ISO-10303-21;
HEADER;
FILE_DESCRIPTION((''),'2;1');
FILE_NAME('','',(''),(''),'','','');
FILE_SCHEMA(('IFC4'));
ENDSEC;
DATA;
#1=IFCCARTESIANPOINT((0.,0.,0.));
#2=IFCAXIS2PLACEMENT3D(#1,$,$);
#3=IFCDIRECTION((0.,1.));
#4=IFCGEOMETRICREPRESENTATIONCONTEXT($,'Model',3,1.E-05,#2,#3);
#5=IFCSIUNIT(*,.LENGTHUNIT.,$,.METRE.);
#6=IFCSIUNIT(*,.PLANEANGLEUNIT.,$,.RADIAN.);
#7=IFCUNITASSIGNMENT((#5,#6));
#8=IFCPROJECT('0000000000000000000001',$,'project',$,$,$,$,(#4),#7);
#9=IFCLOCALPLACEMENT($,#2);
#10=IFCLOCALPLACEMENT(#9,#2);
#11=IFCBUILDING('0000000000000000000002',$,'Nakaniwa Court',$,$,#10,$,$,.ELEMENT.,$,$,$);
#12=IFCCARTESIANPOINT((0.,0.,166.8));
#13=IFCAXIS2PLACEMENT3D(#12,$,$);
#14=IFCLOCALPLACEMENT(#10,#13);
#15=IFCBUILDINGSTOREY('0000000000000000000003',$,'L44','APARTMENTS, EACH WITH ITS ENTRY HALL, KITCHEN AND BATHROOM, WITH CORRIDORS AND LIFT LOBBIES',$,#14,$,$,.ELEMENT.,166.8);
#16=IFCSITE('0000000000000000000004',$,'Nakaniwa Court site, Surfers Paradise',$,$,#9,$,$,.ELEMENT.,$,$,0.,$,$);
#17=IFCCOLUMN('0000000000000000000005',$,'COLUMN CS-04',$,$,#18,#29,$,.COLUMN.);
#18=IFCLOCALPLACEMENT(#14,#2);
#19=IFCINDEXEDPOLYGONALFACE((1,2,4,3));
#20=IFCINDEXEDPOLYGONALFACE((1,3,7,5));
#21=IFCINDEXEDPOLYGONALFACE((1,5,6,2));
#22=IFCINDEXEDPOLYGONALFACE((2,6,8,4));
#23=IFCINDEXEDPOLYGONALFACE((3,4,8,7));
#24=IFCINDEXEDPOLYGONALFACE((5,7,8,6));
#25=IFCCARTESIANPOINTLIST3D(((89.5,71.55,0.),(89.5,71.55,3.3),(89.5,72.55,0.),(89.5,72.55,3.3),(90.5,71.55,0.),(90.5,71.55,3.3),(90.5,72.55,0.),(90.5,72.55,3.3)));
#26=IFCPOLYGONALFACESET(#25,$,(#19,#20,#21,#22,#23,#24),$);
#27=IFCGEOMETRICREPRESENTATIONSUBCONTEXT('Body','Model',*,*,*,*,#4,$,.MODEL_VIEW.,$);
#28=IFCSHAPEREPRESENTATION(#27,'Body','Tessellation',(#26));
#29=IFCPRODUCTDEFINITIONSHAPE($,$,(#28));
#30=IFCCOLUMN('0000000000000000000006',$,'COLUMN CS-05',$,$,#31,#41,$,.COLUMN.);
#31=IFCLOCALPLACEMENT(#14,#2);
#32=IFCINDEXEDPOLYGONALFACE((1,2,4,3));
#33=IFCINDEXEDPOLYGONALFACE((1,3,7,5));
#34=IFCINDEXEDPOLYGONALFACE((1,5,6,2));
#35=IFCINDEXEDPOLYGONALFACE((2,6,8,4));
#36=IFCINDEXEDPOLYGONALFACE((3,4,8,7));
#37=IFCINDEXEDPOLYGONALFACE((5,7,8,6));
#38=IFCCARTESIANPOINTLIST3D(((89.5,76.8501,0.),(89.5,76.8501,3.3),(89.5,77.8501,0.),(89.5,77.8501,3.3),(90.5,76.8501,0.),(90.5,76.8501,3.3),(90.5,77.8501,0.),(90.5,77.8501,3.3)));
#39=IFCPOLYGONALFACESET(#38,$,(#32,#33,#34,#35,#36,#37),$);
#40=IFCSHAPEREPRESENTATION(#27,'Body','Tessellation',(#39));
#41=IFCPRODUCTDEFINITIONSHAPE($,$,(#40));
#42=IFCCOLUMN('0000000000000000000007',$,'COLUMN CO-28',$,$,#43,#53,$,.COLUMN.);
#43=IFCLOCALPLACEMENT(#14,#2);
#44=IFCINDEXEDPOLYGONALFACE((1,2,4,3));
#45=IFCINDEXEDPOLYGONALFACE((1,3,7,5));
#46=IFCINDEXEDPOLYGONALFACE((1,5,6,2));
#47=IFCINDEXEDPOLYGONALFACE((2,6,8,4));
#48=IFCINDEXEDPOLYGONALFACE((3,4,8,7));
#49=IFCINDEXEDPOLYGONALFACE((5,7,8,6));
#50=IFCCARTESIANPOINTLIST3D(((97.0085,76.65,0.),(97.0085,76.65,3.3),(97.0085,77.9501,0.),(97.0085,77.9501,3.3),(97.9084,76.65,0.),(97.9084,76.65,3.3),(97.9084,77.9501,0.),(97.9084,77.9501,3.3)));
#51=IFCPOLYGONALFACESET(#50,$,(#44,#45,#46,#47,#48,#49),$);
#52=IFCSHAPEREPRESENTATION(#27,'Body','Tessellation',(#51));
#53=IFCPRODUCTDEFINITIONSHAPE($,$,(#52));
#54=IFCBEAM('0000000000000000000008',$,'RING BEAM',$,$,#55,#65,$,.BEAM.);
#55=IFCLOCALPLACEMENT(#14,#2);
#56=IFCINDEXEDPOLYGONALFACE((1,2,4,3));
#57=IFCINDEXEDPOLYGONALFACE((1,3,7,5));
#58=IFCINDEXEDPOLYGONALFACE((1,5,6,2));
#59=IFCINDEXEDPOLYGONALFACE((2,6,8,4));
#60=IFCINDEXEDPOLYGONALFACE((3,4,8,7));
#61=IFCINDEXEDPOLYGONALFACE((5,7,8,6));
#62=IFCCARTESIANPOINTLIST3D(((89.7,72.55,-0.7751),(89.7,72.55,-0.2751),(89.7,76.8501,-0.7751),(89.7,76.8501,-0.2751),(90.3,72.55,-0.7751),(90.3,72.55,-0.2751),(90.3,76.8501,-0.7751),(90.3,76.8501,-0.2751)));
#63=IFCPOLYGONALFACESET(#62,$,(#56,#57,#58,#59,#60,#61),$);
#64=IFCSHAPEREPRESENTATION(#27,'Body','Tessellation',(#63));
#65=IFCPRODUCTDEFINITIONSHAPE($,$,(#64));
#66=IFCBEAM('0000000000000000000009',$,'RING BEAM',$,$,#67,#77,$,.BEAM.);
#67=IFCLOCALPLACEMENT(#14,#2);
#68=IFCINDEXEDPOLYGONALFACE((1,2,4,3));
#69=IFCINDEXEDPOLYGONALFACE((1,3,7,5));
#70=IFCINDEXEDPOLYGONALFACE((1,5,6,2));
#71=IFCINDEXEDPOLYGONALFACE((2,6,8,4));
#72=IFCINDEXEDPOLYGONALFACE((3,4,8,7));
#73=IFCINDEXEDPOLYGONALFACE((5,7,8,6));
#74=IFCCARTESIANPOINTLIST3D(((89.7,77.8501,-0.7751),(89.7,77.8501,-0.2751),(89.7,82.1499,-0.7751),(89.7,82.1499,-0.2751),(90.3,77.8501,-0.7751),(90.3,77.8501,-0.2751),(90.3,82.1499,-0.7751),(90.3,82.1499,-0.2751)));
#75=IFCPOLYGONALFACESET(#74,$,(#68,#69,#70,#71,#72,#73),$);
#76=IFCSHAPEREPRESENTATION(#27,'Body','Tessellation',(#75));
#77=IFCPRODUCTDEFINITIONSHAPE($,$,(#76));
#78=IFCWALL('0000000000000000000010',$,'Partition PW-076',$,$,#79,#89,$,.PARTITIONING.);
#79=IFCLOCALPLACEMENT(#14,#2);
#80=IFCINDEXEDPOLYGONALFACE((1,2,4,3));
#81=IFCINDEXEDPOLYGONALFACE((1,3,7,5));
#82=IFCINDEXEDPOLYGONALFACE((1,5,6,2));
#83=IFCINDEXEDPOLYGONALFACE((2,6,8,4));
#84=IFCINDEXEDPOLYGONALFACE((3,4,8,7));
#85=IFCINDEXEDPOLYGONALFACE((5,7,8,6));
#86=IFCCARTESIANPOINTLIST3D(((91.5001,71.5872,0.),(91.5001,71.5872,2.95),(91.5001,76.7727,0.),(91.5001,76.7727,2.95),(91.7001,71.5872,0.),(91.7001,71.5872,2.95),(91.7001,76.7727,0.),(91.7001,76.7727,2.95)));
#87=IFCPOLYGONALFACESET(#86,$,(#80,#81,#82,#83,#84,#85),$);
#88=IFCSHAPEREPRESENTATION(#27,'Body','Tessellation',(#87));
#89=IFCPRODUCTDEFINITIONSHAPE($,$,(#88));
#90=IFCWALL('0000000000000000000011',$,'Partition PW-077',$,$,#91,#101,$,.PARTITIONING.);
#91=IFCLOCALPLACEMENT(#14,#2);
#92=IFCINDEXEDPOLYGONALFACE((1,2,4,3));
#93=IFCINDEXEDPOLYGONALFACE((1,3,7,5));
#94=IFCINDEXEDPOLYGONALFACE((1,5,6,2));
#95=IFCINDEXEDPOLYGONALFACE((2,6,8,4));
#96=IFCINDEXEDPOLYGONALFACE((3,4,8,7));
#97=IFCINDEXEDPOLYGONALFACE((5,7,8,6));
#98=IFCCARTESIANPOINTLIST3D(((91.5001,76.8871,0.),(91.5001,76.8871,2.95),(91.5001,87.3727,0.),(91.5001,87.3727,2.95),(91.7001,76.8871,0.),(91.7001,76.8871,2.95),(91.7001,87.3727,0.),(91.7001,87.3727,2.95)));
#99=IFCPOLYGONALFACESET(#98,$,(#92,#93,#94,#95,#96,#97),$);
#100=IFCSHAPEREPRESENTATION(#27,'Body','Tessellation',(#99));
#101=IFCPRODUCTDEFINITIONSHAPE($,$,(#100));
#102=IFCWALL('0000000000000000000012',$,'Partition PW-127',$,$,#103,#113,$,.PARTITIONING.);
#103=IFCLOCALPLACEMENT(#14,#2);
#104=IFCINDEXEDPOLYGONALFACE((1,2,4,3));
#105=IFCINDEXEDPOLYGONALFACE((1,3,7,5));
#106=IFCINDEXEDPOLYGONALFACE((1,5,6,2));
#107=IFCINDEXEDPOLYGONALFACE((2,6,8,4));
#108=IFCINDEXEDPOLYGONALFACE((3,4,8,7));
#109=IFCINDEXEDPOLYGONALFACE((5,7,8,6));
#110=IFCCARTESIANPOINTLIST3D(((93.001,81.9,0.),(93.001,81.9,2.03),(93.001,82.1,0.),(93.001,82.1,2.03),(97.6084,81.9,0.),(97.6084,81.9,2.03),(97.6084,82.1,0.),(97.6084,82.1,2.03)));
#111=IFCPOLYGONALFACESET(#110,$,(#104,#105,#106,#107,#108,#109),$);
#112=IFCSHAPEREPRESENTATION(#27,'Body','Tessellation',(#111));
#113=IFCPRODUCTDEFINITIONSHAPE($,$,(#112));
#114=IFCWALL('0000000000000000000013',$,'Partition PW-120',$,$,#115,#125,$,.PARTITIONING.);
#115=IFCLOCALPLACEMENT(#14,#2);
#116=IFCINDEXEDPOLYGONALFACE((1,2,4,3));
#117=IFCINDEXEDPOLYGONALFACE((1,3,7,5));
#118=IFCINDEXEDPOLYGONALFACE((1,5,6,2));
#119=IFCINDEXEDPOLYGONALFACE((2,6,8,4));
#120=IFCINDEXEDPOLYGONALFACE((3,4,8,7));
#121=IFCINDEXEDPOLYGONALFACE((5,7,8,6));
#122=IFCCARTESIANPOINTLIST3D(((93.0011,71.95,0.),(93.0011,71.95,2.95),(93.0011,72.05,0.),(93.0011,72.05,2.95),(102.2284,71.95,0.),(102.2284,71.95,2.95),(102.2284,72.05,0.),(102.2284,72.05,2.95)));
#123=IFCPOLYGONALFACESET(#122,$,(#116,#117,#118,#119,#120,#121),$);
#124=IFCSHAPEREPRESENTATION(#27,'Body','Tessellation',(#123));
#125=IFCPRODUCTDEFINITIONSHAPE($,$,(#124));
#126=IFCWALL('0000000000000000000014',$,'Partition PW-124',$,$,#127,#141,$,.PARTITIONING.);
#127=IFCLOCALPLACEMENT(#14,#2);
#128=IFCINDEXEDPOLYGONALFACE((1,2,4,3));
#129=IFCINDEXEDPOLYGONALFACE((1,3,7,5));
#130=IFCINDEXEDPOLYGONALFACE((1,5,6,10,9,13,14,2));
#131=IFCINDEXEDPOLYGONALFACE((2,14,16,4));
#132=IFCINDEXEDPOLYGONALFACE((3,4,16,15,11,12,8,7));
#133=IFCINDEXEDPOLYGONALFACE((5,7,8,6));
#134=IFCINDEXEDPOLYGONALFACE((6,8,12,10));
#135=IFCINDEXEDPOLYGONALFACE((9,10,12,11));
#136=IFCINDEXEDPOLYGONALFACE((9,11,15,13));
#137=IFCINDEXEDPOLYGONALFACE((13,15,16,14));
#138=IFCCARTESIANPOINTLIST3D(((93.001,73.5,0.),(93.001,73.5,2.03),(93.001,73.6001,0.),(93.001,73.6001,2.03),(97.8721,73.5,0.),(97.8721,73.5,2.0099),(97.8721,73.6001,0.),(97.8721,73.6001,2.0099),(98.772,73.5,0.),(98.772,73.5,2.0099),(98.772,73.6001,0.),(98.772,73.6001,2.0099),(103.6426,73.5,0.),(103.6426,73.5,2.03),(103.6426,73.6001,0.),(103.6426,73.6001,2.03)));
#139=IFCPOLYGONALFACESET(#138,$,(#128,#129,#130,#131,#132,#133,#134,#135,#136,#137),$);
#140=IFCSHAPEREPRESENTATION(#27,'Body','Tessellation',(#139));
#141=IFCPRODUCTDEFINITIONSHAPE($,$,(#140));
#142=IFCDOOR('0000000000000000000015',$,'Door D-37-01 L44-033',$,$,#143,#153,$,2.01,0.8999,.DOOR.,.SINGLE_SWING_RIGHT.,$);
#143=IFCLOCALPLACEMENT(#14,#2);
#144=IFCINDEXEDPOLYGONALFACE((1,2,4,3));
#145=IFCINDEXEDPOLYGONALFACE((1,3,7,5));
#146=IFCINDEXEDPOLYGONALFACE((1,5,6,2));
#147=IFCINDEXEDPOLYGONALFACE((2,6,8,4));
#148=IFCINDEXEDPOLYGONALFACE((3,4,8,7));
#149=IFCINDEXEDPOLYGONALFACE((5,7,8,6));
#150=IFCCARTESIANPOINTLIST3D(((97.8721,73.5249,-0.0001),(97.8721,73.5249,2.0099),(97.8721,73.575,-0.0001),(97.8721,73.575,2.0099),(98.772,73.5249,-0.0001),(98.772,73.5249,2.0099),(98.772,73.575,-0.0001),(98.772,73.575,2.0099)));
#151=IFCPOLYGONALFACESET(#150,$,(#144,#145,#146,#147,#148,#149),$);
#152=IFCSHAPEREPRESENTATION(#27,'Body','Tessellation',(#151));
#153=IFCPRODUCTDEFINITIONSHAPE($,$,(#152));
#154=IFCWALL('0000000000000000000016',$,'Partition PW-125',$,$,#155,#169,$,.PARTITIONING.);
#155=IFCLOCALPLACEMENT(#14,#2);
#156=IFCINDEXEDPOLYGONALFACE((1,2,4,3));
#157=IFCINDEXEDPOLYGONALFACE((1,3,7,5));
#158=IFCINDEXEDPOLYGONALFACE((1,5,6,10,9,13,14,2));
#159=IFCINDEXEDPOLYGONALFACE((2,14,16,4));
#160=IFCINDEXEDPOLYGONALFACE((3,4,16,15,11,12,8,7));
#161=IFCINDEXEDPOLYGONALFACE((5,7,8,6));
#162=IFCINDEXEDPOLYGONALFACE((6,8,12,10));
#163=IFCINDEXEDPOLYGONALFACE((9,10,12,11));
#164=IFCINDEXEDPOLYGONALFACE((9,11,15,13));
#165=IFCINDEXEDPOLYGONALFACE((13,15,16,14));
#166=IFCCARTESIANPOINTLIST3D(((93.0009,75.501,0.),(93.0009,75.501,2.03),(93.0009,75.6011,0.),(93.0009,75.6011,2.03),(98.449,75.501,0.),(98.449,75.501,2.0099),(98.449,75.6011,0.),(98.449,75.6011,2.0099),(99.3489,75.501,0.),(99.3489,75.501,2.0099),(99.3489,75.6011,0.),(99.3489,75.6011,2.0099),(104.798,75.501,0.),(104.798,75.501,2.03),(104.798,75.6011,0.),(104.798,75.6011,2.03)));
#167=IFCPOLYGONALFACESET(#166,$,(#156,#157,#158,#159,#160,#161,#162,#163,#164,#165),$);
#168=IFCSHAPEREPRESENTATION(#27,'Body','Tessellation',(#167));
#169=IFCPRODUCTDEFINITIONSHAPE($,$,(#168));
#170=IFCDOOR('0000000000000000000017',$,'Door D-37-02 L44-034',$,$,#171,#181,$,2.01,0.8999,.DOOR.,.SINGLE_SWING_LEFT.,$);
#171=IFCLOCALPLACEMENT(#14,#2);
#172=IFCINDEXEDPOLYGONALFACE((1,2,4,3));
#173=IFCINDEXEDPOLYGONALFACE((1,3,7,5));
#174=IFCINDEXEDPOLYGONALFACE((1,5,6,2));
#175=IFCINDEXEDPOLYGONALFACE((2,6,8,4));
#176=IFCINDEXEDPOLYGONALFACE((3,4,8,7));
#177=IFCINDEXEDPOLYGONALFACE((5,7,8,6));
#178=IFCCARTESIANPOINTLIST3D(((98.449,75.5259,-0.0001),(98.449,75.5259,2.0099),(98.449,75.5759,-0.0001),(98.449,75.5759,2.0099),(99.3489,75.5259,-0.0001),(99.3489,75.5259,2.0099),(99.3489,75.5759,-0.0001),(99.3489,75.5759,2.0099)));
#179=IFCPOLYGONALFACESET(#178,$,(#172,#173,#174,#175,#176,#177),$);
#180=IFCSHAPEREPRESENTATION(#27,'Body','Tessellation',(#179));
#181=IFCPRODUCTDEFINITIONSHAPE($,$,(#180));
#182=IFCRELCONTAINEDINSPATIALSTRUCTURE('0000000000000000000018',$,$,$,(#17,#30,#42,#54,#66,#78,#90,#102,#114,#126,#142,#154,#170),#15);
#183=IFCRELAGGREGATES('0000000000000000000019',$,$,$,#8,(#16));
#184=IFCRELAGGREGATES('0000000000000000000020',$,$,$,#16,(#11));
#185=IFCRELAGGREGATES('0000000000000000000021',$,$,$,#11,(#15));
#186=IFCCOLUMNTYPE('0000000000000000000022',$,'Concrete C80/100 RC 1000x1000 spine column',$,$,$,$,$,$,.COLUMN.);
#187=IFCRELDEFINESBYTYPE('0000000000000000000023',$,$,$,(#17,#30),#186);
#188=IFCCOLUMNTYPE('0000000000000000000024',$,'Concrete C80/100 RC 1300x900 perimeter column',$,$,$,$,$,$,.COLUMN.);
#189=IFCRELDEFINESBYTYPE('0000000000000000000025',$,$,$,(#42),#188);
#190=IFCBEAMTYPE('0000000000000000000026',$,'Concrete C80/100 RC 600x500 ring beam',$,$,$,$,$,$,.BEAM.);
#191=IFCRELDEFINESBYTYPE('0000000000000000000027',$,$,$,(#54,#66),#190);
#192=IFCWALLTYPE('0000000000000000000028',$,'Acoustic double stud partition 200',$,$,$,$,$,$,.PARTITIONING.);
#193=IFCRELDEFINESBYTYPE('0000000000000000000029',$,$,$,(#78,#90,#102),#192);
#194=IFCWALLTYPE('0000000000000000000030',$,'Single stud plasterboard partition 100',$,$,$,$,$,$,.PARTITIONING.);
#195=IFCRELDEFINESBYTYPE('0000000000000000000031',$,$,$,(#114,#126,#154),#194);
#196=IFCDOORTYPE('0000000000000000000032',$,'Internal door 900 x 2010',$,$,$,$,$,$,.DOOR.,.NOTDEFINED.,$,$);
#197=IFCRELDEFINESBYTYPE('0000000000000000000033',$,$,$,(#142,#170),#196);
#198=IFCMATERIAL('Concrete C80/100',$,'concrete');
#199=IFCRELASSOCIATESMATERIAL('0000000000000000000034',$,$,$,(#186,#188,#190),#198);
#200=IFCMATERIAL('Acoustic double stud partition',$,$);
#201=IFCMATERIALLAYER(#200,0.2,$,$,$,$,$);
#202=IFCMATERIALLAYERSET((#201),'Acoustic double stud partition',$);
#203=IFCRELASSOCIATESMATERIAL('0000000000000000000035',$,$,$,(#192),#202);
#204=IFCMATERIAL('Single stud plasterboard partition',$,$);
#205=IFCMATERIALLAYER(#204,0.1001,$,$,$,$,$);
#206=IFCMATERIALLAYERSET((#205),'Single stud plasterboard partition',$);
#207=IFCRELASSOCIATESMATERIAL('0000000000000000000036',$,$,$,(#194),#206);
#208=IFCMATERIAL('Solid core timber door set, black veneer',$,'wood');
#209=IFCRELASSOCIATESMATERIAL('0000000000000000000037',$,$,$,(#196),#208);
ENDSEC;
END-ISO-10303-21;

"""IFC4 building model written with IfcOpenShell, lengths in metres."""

from ifc_helpers import new_model, si_unit, direction, frame, frame_2d, origin, origin_2d, place, context, subcontext, project, spatial, rectangle, extrude, material, layer, layer_set, material_profile, profile_set, type_object, element, fill, save


model = new_model("IFC4")

# Units and contexts
model_context = context("Model", 3, precision=1e-05, world=origin(), true_north=direction((0.0, 1.0)))
body_context = subcontext(model_context, "Body", "Model", "MODEL_VIEW")
ifc_project = project(units=[si_unit("LENGTHUNIT", "METRE"), si_unit("PLANEANGLEUNIT", "RADIAN")], contexts=[model_context])

# Site, building, storey
site_placement = place(None, origin())
site = spatial("IfcSite", under=ifc_project, at=site_placement, Name="Nakaniwa Court site, Surfers Paradise", CompositionType="ELEMENT", RefElevation=0.0)
building_placement = place(site_placement, origin())
building = spatial("IfcBuilding", under=site, at=building_placement, Name="Nakaniwa Court", CompositionType="ELEMENT")
storey_placement = place(building_placement, frame((0.0, 0.0, 166.8)))
storey = spatial("IfcBuildingStorey", under=building, at=storey_placement, Name="L44", Description="APARTMENTS, EACH WITH ITS ENTRY HALL, KITCHEN AND BATHROOM, WITH CORRIDORS AND LIFT LOBBIES", CompositionType="ELEMENT", Elevation=166.8)

# Columns
ifc_material_1 = material(Name="Concrete C80/100", Category="concrete")
ifc_material_profile_1 = material_profile(ifc_material_1, rectangle(XDim=1.0, YDim=1.0, at=origin_2d()), Name="Concrete C80/100 RC 1000x1000 spine column")
ifc_profile_set_1 = profile_set([ifc_material_profile_1], Name="Concrete C80/100")
column_type_1 = type_object("IfcColumnType", Name="Concrete C80/100 RC 1000x1000 spine column", PredefinedType="COLUMN", material=ifc_profile_set_1)
for number, where, z_axis, x_axis, name in (
    (1, (90.0, 72.05, 0.0), (0.0, 0.0, 1.0), (0.0, 1.0, 0.0), "COLUMN CS-04"),
    (2, (90.0, 77.3501, 0.0), (0.0, 0.0, 1.0), (0.0, 1.0, 0.0), "COLUMN CS-05"),
):
    element("IfcColumn", number, at=place(storey_placement, frame(where, z_axis=z_axis, x_axis=x_axis)), inside=storey, type_object=column_type_1, Name=name, PredefinedType="COLUMN", context=body_context, shape_type="SweptSolid", body=[
        extrude(rectangle(XDim=1.0, YDim=1.0, at=origin_2d()), origin(), (0.0, 0.0, 1.0), 3.3),
    ])
ifc_material_profile_2 = material_profile(ifc_material_1, rectangle(XDim=1.3, YDim=0.8999, at=origin_2d()), Name="Concrete C80/100 RC 1300x900 perimeter column")
ifc_profile_set_2 = profile_set([ifc_material_profile_2], Name="Concrete C80/100")
column_type_2 = type_object("IfcColumnType", Name="Concrete C80/100 RC 1300x900 perimeter column", PredefinedType="COLUMN", material=ifc_profile_set_2)
column_placement = place(storey_placement, frame((97.4585, 77.3, 0.0), z_axis=(0.0, 0.0, 1.0), x_axis=(0.0, 1.0, 0.0)))
element("IfcColumn", 3, at=column_placement, inside=storey, type_object=column_type_2, Name="COLUMN CO-28", PredefinedType="COLUMN", context=body_context, shape_type="SweptSolid", body=[
    extrude(rectangle(XDim=1.3, YDim=0.8999, at=origin_2d()), origin(), (0.0, 0.0, 1.0), 3.3),
])

# Beams
ifc_material_profile_3 = material_profile(ifc_material_1, rectangle(XDim=0.6001, YDim=0.5, at=origin_2d()), Name="Concrete C80/100 RC 600x500 ring beam")
ifc_profile_set_3 = profile_set([ifc_material_profile_3], Name="Concrete C80/100")
beam_type = type_object("IfcBeamType", Name="Concrete C80/100 RC 600x500 ring beam", PredefinedType="BEAM", material=ifc_profile_set_3)
beam_1_placement = place(storey_placement, frame((90.0, 72.55, -0.5251), z_axis=(0.0, 1.0, 0.0), x_axis=(-1.0, 0.0, 0.0)))
element("IfcBeam", 4, at=beam_1_placement, inside=storey, type_object=beam_type, Name="RING BEAM", PredefinedType="BEAM", context=body_context, shape_type="SweptSolid", body=[
    extrude(rectangle(XDim=0.6001, YDim=0.5, at=origin_2d()), origin(), (0.0, 0.0, 1.0), 4.3),
])
beam_2_placement = place(storey_placement, frame((90.0, 77.8501, -0.5251), z_axis=(0.0, 1.0, 0.0), x_axis=(-1.0, 0.0, 0.0)))
element("IfcBeam", 5, at=beam_2_placement, inside=storey, type_object=beam_type, Name="RING BEAM", PredefinedType="BEAM", context=body_context, shape_type="SweptSolid", body=[
    extrude(rectangle(XDim=0.6001, YDim=0.5, at=origin_2d()), origin(), (0.0, 0.0, 1.0), 4.2998),
])

# Walls
ifc_material_2 = material(Name="Acoustic double stud partition")
ifc_layer_1 = layer(ifc_material_2, 0.2)
ifc_layer_set_1 = layer_set([ifc_layer_1], Name="Acoustic double stud partition")
wall_type_1 = type_object("IfcWallType", Name="Acoustic double stud partition 200", PredefinedType="PARTITIONING", material=ifc_layer_set_1)
wall_1_placement = place(storey_placement, frame((91.6001, 71.5872, 0.0), z_axis=(0.0, 0.0, 1.0), x_axis=(0.0, 1.0, 0.0)))
element("IfcWall", 6, at=wall_1_placement, inside=storey, type_object=wall_type_1, Name="Partition PW-076", PredefinedType="PARTITIONING", context=body_context, shape_type="SweptSolid", body=[
    extrude(rectangle(XDim=5.1855, YDim=0.2, at=frame_2d((2.5928, 0.0))), origin(), (0.0, 0.0, 1.0), 2.95),
])
wall_2_placement = place(storey_placement, frame((91.6001, 76.8872, 0.0), z_axis=(0.0, 0.0, 1.0), x_axis=(0.0, 1.0, 0.0)))
element("IfcWall", 7, at=wall_2_placement, inside=storey, type_object=wall_type_1, Name="Partition PW-077", PredefinedType="PARTITIONING", context=body_context, shape_type="SweptSolid", body=[
    extrude(rectangle(XDim=10.4856, YDim=0.2, at=frame_2d((5.2427, 0.0))), origin(), (0.0, 0.0, 1.0), 2.95),
])
wall_3_placement = place(storey_placement, frame((93.001, 82.0, 0.0), z_axis=(0.0, 0.0, 1.0), x_axis=(1.0, 0.0, 0.0)))
element("IfcWall", 8, at=wall_3_placement, inside=storey, type_object=wall_type_1, Name="Partition PW-127", PredefinedType="PARTITIONING", context=body_context, shape_type="SweptSolid", body=[
    extrude(rectangle(XDim=4.6074, YDim=0.2, at=frame_2d((2.3037, 0.0))), origin(), (0.0, 0.0, 1.0), 2.03),
])
ifc_material_3 = material(Name="Single stud plasterboard partition")
ifc_layer_2 = layer(ifc_material_3, 0.1001)
ifc_layer_set_2 = layer_set([ifc_layer_2], Name="Single stud plasterboard partition")
wall_type_2 = type_object("IfcWallType", Name="Single stud plasterboard partition 100", PredefinedType="PARTITIONING", material=ifc_layer_set_2)
wall_4_placement = place(storey_placement, frame((93.001, 72.0, 0.0), z_axis=(0.0, 0.0, 1.0), x_axis=(1.0, 0.0, 0.0)))
element("IfcWall", 9, at=wall_4_placement, inside=storey, type_object=wall_type_2, Name="Partition PW-120", PredefinedType="PARTITIONING", context=body_context, shape_type="SweptSolid", body=[
    extrude(rectangle(XDim=9.2273, YDim=0.1001, at=frame_2d((4.6138, 0.0))), origin(), (0.0, 0.0, 1.0), 2.95),
])

# Walls, openings, doors
wall_5_placement = place(storey_placement, frame((93.001, 73.55, 0.0), z_axis=(0.0, 0.0, 1.0), x_axis=(1.0, 0.0, 0.0)))
wall_5 = element("IfcWall", 10, at=wall_5_placement, inside=storey, type_object=wall_type_2, Name="Partition PW-124", PredefinedType="PARTITIONING", context=body_context, shape_type="SweptSolid", body=[
    extrude(rectangle(XDim=10.6416, YDim=0.1001, at=frame_2d((5.3208, 0.0))), origin(), (0.0, 0.0, 1.0), 2.03),
])
opening_1_placement = place(wall_5_placement, frame((4.8711, 0.0, 0.0)))
opening_1 = element("IfcOpeningElement", 11, at=opening_1_placement, cuts=wall_5, PredefinedType="OPENING", context=body_context, shape_type="SweptSolid", body=[
    extrude(rectangle(XDim=0.8999, YDim=2.01, at=frame_2d((0.45, 1.0049))), frame((0.0, 0.0601, 0.0), z_axis=(0.0, -1.0, 0.0), x_axis=(1.0, 0.0, 0.0)), (0.0, 0.0, 1.0), 0.1201),
])
ifc_material_4 = material(Name="Solid core timber door set, black veneer", Category="wood")
door_type_1 = type_object("IfcDoorType", Name="Internal door 900 x 2010", OperationType="NOTDEFINED", PredefinedType="DOOR", material=ifc_material_4)
door_1_placement = place(opening_1_placement, origin())
door_1 = element("IfcDoor", 12, at=door_1_placement, inside=storey, type_object=door_type_1, Name="Door D-37-01 L44-033", OperationType="SINGLE_SWING_RIGHT", OverallHeight=2.01, OverallWidth=0.8999, PredefinedType="DOOR", context=body_context, shape_type="SweptSolid", body=[
    extrude(rectangle(XDim=0.8999, YDim=2.01, at=frame_2d((0.45, 1.0049))), frame((0.0, 0.0249, 0.0), z_axis=(0.0, -1.0, 0.0), x_axis=(1.0, 0.0, 0.0)), (0.0, 0.0, 1.0), 0.05),
])
fill(opening_1, door_1)
wall_6_placement = place(storey_placement, frame((93.001, 75.551, 0.0), z_axis=(0.0, 0.0, 1.0), x_axis=(1.0, 0.0, 0.0)))
wall_6 = element("IfcWall", 13, at=wall_6_placement, inside=storey, type_object=wall_type_2, Name="Partition PW-125", PredefinedType="PARTITIONING", context=body_context, shape_type="SweptSolid", body=[
    extrude(rectangle(XDim=11.7971, YDim=0.1001, at=frame_2d((5.8984, 0.0))), origin(), (0.0, 0.0, 1.0), 2.03),
])
opening_2_placement = place(wall_6_placement, frame((5.448, 0.0, 0.0)))
opening_2 = element("IfcOpeningElement", 14, at=opening_2_placement, cuts=wall_6, PredefinedType="OPENING", context=body_context, shape_type="SweptSolid", body=[
    extrude(rectangle(XDim=0.8999, YDim=2.01, at=frame_2d((0.45, 1.0049))), frame((0.0, 0.0601, 0.0), z_axis=(0.0, -1.0, 0.0), x_axis=(1.0, 0.0, 0.0)), (0.0, 0.0, 1.0), 0.1201),
])
door_2_placement = place(opening_2_placement, origin())
door_2 = element("IfcDoor", 15, at=door_2_placement, inside=storey, type_object=door_type_1, Name="Door D-37-02 L44-034", OperationType="SINGLE_SWING_LEFT", OverallHeight=2.01, OverallWidth=0.8999, PredefinedType="DOOR", context=body_context, shape_type="SweptSolid", body=[
    extrude(rectangle(XDim=0.8999, YDim=2.01, at=frame_2d((0.45, 1.0049))), frame((0.0, 0.0249, 0.0), z_axis=(0.0, -1.0, 0.0), x_axis=(1.0, 0.0, 0.0)), (0.0, 0.0, 1.0), 0.05),
])
fill(opening_2, door_2)

save(model, "model.ifc")
